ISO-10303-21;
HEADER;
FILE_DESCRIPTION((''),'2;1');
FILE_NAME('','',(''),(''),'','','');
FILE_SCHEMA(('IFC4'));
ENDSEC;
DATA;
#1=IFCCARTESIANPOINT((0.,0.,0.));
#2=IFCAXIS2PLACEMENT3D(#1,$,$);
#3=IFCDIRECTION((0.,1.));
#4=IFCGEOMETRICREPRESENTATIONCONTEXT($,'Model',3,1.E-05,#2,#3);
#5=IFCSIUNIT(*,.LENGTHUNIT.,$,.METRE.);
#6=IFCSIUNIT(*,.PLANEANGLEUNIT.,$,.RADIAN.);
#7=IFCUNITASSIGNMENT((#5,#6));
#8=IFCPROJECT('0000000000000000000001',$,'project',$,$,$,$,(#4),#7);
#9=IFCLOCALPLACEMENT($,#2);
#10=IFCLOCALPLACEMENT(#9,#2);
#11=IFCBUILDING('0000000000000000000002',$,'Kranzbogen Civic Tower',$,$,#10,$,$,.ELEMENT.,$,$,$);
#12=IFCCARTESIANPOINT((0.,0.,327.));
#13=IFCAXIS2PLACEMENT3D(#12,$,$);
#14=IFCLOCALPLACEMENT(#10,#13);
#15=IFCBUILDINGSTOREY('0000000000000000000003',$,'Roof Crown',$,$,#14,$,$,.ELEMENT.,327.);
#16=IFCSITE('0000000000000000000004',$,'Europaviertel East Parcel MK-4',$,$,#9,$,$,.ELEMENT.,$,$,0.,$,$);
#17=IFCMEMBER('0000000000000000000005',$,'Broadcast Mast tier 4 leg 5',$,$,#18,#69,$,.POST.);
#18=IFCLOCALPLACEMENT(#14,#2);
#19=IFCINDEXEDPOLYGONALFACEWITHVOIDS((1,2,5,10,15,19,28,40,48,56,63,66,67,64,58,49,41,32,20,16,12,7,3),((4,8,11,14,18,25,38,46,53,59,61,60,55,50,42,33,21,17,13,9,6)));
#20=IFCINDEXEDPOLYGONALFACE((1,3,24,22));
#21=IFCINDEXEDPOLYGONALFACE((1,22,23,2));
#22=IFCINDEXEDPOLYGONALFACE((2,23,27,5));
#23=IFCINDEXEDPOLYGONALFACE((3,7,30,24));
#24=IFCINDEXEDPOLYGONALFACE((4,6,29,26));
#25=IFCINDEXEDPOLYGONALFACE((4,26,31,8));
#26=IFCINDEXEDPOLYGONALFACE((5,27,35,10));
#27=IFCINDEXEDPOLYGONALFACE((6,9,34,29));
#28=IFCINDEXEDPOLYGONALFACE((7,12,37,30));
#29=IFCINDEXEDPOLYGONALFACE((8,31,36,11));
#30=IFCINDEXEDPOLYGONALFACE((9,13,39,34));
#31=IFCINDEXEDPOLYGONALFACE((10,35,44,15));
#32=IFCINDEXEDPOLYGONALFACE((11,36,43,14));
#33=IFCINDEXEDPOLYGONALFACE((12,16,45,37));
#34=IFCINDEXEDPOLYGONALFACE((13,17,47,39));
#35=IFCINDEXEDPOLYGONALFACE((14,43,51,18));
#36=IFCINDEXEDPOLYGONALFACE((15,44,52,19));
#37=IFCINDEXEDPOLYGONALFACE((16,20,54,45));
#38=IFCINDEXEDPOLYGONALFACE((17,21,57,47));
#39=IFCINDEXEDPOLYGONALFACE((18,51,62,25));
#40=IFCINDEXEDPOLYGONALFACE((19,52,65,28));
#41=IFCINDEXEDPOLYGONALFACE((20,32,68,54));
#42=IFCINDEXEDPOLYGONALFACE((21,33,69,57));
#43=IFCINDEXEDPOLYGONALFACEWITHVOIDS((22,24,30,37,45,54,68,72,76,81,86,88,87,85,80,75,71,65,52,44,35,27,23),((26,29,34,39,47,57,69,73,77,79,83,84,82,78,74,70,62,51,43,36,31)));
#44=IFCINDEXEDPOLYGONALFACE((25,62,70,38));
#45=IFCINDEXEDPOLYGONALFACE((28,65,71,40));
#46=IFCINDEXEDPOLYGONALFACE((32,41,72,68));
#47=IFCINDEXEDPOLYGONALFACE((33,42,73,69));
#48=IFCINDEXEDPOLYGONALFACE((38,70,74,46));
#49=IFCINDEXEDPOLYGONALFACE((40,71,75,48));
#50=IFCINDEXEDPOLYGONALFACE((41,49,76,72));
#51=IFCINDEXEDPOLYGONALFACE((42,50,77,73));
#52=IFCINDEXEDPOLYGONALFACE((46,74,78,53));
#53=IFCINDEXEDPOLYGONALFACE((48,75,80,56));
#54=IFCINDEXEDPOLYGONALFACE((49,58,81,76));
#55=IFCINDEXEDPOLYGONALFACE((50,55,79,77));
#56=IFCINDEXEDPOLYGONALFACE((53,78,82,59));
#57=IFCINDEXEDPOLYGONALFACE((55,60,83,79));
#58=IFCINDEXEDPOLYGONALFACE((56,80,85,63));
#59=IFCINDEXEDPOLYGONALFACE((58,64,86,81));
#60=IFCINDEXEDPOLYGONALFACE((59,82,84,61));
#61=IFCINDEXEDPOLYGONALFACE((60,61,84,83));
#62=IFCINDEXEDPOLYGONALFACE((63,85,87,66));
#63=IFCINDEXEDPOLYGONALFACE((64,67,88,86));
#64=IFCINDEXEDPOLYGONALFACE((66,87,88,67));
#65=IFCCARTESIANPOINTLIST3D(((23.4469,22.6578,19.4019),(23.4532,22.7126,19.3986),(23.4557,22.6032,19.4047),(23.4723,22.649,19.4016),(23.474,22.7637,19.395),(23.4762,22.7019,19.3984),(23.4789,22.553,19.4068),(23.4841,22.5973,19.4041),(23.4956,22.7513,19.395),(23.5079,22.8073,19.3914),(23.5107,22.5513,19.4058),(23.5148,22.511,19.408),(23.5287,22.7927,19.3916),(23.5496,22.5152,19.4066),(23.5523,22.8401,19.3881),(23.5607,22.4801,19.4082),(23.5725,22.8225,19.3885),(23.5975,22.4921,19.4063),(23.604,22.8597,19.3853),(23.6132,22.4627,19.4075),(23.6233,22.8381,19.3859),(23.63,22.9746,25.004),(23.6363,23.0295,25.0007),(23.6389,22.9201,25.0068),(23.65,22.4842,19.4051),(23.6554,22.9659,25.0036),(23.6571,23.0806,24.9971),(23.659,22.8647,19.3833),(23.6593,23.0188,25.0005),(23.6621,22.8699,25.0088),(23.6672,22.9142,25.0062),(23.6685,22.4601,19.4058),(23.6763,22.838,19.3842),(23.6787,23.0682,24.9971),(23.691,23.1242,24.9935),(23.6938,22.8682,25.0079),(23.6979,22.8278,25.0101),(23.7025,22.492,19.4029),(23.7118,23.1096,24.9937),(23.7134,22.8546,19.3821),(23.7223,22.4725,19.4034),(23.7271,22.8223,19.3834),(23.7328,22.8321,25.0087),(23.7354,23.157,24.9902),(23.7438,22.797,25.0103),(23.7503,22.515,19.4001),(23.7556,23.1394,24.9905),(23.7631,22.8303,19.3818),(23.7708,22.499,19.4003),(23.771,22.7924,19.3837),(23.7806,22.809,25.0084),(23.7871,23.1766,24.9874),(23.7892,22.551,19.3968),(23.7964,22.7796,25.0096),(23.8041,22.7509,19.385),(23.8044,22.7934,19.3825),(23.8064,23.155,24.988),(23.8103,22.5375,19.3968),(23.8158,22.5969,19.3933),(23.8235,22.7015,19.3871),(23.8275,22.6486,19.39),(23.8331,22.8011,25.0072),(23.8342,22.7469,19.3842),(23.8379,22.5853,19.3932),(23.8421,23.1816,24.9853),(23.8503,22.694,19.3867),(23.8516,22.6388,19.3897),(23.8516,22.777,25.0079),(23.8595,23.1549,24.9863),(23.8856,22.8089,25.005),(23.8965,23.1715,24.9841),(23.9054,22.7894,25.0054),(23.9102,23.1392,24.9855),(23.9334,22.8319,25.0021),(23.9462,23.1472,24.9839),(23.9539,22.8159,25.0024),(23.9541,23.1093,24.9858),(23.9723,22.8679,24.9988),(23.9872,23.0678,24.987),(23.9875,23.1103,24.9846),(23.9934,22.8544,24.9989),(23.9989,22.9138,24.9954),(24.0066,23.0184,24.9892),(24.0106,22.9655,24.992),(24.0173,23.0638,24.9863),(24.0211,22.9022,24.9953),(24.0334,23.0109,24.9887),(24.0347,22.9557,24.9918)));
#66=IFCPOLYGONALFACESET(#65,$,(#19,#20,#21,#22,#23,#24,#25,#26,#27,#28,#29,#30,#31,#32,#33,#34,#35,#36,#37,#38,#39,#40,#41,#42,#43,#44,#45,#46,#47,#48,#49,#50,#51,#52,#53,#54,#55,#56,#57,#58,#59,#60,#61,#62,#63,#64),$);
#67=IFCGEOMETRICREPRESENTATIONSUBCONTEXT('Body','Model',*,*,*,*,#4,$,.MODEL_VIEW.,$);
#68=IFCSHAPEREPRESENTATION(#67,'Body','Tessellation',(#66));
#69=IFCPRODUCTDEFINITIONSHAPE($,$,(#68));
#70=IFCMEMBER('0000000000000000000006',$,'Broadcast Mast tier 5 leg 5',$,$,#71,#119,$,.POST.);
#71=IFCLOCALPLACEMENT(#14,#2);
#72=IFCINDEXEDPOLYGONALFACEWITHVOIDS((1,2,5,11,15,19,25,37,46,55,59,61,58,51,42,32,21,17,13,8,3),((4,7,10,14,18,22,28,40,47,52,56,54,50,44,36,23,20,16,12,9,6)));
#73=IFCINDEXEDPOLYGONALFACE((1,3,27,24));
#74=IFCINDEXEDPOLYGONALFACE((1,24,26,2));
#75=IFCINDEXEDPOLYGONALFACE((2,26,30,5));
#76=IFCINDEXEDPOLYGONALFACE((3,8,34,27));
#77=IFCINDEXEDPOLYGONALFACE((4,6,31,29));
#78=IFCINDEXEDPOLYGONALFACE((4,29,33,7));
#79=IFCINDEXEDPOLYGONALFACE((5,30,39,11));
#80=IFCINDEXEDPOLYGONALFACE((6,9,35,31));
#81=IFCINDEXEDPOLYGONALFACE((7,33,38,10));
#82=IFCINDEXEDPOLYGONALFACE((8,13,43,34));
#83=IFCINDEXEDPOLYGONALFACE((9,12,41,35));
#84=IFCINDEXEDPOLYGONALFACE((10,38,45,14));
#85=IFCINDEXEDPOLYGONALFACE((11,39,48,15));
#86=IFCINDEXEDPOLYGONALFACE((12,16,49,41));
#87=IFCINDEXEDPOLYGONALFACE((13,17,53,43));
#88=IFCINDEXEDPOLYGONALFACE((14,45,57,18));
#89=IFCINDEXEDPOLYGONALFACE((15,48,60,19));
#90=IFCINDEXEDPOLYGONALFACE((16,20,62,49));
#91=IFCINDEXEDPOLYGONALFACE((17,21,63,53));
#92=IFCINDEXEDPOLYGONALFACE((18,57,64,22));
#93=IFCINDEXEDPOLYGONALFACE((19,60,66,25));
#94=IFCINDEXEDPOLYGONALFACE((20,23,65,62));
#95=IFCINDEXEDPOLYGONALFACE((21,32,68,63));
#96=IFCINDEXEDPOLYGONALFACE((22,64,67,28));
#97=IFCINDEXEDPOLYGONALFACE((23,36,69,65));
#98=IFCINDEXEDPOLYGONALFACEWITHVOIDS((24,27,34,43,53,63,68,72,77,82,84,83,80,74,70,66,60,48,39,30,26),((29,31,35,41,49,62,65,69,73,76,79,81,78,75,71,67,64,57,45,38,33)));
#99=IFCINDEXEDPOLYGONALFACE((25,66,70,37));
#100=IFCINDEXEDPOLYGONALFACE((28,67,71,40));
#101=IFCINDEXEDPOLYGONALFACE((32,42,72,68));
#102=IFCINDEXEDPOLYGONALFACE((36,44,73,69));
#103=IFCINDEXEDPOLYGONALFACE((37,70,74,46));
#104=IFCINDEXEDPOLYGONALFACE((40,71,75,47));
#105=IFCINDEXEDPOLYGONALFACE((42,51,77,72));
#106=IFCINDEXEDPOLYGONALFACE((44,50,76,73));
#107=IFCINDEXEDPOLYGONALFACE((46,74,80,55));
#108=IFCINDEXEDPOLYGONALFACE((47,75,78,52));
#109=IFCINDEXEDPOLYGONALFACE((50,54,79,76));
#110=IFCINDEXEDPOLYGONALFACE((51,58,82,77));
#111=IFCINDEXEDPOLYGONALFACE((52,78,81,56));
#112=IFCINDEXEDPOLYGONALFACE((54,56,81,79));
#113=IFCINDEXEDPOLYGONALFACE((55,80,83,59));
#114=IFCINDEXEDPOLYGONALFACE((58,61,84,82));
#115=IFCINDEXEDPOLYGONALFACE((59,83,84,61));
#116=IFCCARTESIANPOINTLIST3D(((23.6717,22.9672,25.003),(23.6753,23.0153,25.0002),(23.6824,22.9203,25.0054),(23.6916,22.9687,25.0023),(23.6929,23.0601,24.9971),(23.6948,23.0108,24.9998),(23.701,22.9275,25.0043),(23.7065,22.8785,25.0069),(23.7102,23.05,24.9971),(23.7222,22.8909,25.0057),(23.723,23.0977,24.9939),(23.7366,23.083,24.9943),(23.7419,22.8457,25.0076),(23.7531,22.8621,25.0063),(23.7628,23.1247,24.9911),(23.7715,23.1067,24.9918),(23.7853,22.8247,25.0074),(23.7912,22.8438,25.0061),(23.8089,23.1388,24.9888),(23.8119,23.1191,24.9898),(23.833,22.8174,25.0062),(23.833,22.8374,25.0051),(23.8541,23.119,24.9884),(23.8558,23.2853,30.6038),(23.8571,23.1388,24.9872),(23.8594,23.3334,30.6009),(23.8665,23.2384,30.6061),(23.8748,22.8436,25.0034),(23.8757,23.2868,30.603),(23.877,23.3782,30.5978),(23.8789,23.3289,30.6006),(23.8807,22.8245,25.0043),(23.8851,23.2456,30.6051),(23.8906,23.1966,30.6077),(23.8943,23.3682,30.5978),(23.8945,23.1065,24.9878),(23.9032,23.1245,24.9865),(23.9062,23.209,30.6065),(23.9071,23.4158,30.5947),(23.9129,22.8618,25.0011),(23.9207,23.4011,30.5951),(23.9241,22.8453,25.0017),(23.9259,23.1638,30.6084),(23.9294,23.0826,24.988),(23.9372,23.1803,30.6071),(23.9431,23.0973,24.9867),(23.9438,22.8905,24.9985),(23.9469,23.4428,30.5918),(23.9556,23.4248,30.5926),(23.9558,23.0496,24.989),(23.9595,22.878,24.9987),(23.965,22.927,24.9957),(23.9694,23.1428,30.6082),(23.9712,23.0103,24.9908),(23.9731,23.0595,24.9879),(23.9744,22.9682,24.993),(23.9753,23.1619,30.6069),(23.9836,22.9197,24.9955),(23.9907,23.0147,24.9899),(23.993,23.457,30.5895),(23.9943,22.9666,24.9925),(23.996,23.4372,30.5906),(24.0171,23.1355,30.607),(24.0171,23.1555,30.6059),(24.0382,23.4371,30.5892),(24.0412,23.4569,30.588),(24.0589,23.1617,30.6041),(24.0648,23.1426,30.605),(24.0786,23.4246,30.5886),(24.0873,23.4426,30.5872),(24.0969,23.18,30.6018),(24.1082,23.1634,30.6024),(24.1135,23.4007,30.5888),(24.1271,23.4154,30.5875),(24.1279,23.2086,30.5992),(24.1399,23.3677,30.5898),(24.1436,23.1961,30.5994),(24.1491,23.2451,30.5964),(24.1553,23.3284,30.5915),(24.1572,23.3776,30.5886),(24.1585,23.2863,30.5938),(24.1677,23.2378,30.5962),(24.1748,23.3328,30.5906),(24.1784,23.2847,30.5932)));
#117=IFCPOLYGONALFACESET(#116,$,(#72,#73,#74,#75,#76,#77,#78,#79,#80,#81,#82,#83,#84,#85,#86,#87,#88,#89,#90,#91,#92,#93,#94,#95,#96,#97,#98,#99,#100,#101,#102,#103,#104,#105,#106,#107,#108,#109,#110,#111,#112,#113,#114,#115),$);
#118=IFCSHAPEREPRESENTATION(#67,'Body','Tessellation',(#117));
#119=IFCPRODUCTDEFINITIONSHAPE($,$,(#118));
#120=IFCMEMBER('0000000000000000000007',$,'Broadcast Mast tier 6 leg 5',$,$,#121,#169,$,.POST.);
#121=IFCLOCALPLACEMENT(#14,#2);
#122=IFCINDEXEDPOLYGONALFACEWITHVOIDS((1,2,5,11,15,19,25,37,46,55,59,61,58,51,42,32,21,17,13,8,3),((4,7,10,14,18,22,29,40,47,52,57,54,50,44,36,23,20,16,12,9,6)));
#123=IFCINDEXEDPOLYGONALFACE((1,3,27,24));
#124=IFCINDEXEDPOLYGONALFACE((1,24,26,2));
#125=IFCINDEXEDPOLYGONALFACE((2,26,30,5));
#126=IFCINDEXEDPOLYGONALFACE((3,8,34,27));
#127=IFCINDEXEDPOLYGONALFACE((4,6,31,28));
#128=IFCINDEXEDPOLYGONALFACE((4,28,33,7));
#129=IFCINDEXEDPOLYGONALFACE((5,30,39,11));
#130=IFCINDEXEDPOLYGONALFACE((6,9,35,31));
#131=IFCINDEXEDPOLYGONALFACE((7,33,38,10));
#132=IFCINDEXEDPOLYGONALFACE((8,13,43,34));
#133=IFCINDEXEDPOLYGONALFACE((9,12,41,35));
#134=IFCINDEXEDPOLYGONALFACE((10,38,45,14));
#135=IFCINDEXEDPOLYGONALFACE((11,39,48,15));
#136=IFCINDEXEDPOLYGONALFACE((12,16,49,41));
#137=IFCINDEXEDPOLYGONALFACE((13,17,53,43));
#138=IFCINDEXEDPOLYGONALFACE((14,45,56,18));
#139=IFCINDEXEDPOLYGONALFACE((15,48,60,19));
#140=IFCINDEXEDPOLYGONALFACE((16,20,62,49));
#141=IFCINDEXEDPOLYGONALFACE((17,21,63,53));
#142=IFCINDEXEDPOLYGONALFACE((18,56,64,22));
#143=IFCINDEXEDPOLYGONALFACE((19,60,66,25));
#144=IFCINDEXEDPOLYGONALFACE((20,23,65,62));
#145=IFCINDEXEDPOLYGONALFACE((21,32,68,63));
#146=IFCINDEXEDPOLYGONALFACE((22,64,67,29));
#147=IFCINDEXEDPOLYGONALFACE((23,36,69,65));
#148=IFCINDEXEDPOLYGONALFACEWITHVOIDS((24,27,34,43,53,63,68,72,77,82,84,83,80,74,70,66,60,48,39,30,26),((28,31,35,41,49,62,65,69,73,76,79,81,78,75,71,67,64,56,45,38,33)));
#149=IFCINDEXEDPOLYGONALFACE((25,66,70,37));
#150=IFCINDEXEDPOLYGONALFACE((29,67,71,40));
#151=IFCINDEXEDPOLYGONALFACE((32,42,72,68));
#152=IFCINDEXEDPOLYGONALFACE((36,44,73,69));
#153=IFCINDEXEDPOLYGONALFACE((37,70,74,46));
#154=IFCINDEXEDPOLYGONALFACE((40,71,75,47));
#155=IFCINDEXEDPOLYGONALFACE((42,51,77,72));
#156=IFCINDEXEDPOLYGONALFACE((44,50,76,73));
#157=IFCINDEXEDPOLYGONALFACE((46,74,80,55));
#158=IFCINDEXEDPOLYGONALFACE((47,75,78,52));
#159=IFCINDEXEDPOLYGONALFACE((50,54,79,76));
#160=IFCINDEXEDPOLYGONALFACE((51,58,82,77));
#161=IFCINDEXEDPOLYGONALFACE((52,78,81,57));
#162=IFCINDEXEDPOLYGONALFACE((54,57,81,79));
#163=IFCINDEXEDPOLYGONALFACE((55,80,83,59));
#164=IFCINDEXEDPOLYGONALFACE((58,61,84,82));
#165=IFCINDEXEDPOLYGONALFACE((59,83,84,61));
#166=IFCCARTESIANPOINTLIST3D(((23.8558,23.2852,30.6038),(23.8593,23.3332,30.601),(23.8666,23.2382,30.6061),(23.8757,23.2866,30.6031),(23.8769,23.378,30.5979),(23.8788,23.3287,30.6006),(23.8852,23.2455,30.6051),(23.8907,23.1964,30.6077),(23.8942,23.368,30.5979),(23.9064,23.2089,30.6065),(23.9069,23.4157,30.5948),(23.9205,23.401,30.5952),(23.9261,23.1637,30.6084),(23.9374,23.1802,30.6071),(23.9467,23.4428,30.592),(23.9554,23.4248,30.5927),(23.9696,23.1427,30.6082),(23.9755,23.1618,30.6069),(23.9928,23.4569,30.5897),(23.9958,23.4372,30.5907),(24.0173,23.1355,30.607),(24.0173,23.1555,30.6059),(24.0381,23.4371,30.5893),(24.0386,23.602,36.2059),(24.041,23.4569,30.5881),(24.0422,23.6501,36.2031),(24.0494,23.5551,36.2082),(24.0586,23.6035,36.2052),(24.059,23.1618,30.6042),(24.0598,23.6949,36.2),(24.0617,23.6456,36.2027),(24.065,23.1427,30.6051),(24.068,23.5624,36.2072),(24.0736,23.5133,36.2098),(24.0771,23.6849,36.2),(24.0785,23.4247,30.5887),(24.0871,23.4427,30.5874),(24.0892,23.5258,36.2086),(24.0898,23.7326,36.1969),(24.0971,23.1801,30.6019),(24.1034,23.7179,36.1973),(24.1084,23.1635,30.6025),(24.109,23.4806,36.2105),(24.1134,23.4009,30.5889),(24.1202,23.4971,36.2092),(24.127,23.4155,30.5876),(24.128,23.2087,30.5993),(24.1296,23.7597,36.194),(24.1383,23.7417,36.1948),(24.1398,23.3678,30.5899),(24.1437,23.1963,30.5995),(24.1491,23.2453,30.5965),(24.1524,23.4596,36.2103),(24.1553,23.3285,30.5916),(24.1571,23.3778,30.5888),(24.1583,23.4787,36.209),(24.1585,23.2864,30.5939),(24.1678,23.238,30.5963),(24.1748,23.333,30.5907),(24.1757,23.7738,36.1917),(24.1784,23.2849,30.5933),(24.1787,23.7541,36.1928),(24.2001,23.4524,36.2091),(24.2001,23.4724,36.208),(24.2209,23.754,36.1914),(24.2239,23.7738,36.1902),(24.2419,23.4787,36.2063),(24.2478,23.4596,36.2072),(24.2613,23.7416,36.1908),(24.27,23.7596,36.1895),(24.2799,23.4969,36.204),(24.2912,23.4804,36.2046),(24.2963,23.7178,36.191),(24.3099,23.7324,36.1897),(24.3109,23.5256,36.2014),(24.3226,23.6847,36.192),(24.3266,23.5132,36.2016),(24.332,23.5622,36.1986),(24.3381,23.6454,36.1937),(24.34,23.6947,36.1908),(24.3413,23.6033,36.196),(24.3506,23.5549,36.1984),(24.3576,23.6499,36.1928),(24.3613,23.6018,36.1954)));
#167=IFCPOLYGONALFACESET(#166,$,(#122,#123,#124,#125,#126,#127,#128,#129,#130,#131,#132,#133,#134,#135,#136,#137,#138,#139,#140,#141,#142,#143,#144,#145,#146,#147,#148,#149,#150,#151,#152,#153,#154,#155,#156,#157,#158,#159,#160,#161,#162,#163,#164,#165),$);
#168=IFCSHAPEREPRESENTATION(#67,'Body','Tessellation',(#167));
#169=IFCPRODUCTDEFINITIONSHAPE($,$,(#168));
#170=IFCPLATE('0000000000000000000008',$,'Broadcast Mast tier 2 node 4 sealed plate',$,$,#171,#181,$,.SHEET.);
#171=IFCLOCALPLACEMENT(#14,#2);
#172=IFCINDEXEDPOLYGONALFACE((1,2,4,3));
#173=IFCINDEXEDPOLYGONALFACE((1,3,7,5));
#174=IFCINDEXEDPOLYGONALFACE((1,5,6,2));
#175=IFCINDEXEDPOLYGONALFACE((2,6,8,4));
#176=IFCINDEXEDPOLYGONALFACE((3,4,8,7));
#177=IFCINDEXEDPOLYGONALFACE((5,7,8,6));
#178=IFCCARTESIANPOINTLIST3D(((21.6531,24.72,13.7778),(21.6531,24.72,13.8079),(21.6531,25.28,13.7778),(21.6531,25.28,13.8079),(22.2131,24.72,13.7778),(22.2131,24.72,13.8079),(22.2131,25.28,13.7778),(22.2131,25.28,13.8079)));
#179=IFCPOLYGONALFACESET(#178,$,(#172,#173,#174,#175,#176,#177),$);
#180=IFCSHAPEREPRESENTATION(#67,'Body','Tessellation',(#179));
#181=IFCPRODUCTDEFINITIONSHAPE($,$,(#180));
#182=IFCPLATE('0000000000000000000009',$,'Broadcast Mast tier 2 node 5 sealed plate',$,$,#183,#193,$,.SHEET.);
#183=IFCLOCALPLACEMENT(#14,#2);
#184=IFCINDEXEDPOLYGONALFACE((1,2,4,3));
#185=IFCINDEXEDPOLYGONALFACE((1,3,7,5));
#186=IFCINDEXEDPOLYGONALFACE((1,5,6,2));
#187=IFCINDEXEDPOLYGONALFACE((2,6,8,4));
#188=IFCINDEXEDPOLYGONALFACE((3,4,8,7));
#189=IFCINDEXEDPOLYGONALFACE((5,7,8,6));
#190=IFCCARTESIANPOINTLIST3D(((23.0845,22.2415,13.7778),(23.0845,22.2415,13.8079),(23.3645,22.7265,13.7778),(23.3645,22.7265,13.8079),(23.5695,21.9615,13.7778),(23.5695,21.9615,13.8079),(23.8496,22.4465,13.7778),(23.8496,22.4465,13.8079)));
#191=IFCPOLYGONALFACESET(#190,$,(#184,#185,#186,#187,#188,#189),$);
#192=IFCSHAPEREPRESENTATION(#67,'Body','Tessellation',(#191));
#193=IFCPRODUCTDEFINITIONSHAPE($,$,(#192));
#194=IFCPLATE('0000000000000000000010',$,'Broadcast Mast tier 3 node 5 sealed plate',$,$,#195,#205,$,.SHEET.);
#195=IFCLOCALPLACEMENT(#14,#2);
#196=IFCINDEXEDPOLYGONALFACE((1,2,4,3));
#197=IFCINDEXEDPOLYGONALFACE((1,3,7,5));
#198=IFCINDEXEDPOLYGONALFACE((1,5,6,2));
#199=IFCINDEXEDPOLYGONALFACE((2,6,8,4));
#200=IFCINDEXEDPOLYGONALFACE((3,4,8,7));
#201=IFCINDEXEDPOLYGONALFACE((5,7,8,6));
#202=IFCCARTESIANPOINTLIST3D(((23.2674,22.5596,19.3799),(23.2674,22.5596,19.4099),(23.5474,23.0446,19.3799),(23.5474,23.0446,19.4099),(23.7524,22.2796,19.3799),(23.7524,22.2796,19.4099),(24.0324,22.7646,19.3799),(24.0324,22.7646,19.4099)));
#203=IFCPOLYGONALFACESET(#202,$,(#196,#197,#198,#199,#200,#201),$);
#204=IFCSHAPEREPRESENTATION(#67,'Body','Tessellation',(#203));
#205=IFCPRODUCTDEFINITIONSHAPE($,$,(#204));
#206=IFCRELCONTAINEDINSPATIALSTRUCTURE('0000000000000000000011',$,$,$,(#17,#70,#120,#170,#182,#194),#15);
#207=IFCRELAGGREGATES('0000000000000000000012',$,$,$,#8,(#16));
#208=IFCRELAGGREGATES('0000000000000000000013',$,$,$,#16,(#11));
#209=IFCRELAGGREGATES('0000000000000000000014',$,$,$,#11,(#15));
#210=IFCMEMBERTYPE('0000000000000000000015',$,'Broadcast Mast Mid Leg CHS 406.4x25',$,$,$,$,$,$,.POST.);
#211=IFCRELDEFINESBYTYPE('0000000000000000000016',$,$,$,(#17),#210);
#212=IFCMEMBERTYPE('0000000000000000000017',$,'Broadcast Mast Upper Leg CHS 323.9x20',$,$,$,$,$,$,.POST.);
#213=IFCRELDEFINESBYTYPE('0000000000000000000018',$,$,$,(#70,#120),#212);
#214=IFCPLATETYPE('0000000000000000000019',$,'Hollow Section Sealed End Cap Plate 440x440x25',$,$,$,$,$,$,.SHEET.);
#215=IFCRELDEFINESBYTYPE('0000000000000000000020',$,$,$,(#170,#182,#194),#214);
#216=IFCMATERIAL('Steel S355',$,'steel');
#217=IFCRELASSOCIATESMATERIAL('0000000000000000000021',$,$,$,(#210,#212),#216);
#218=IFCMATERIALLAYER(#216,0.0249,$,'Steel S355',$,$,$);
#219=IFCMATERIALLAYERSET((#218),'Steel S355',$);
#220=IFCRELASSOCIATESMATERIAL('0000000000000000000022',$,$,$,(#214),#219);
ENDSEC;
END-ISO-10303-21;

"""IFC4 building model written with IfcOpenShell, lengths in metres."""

from ifc_helpers import new_model, si_unit, direction, frame, origin, origin_2d, place, context, subcontext, project, spatial, rectangle, hollow_circle, extrude, material, layer, layer_set, material_profile, profile_set, type_object, element, save


model = new_model("IFC4")

# Units and contexts
model_context = context("Model", 3, precision=1e-05, world=origin(), true_north=direction((0.0, 1.0)))
body_context = subcontext(model_context, "Body", "Model", "MODEL_VIEW")
ifc_project = project(units=[si_unit("LENGTHUNIT", "METRE"), si_unit("PLANEANGLEUNIT", "RADIAN")], contexts=[model_context])

# Site, building, storey
site_placement = place(None, origin())
site = spatial("IfcSite", under=ifc_project, at=site_placement, Name="Europaviertel East Parcel MK-4", CompositionType="ELEMENT", RefElevation=0.0)
building_placement = place(site_placement, origin())
building = spatial("IfcBuilding", under=site, at=building_placement, Name="Kranzbogen Civic Tower", CompositionType="ELEMENT")
storey_placement = place(building_placement, frame((0.0, 0.0, 327.0)))
storey = spatial("IfcBuildingStorey", under=building, at=storey_placement, Name="Roof Crown", CompositionType="ELEMENT", Elevation=327.0)

# Members
ifc_material = material(Name="Steel S355", Category="steel")
ifc_material_profile_1 = material_profile(ifc_material, hollow_circle(Radius=0.2031, WallThickness=0.0249, at=origin_2d()), Name="CHS 406.4x25")
ifc_profile_set_1 = profile_set([ifc_material_profile_1], Name="Steel S355")
member_type_1 = type_object("IfcMemberType", Name="Broadcast Mast Mid Leg CHS 406.4x25", PredefinedType="POST", material=ifc_profile_set_1)
for number, where, z_axis, x_axis, name in (
    (1, (23.6499, 22.6621, 19.395), (0.032616, 0.056447, 0.997873), (-0.865852, 0.5003, 0.0), "Broadcast Mast tier 4 leg 5"),
):
    element("IfcMember", number, at=place(storey_placement, frame(where, z_axis=z_axis, x_axis=x_axis)), inside=storey, type_object=member_type_1, Name=name, PredefinedType="POST", context=body_context, shape_type="SweptSolid", body=[
        extrude(hollow_circle(Radius=0.2031, WallThickness=0.0249, at=origin_2d()), origin(), (0.0, 0.0, 1.0), 5.614),
    ])
ifc_material_profile_2 = material_profile(ifc_material, hollow_circle(Radius=0.1619, WallThickness=0.02, at=origin_2d()), Name="CHS 323.9x20")
ifc_profile_set_2 = profile_set([ifc_material_profile_2], Name="Steel S355")
member_type_2 = type_object("IfcMemberType", Name="Broadcast Mast Upper Leg CHS 323.9x20", PredefinedType="POST", material=ifc_profile_set_2)
member_1_placement = place(storey_placement, frame((23.833, 22.979, 24.9971), z_axis=(0.032796, 0.056676, 0.997854), x_axis=(-0.865532, 0.500853, 0.0)))
element("IfcMember", 2, at=member_1_placement, inside=storey, type_object=member_type_2, Name="Broadcast Mast tier 5 leg 5", PredefinedType="POST", context=body_context, shape_type="SweptSolid", body=[
    extrude(hollow_circle(Radius=0.1619, WallThickness=0.02, at=origin_2d()), origin(), (0.0, 0.0, 1.0), 5.6128),
])
member_2_placement = place(storey_placement, frame((24.0171, 23.2971, 30.5979), z_axis=(0.032572, 0.056447, 0.997874), x_axis=(-0.866141, 0.499799, 0.0)))
element("IfcMember", 3, at=member_2_placement, inside=storey, type_object=member_type_2, Name="Broadcast Mast tier 6 leg 5", PredefinedType="POST", context=body_context, shape_type="SweptSolid", body=[
    extrude(hollow_circle(Radius=0.1619, WallThickness=0.02, at=origin_2d()), origin(), (0.0, 0.0, 1.0), 5.614),
])

# Plates
ifc_layer = layer(ifc_material, 0.0249, Name="Steel S355")
ifc_layer_set = layer_set([ifc_layer], Name="Steel S355")
plate_type = type_object("IfcPlateType", Name="Hollow Section Sealed End Cap Plate 440x440x25", PredefinedType="SHEET", material=ifc_layer_set)
for number, where, z_axis, x_axis, name in (
    (4, (21.9331, 25.0, 13.7778), (0.0, 0.0, 1.0), (-1.0, 0.0, 0.0), "Broadcast Mast tier 2 node 4 sealed plate"),
    (5, (23.467, 22.344, 13.7778), (0.0, 0.0, 1.0), (-0.5, -0.866025, 0.0), "Broadcast Mast tier 2 node 5 sealed plate"),
    (6, (23.6499, 22.6621, 19.3799), (0.0, 0.0, 1.0), (-0.5, -0.866025, 0.0), "Broadcast Mast tier 3 node 5 sealed plate"),
):
    element("IfcPlate", number, at=place(storey_placement, frame(where, z_axis=z_axis, x_axis=x_axis)), inside=storey, type_object=plate_type, Name=name, PredefinedType="SHEET", context=body_context, shape_type="SweptSolid", body=[
        extrude(rectangle(XDim=0.5601, YDim=0.5601, at=origin_2d()), origin(), (0.0, 0.0, 1.0), 0.03),
    ])

save(model, "model.ifc")
